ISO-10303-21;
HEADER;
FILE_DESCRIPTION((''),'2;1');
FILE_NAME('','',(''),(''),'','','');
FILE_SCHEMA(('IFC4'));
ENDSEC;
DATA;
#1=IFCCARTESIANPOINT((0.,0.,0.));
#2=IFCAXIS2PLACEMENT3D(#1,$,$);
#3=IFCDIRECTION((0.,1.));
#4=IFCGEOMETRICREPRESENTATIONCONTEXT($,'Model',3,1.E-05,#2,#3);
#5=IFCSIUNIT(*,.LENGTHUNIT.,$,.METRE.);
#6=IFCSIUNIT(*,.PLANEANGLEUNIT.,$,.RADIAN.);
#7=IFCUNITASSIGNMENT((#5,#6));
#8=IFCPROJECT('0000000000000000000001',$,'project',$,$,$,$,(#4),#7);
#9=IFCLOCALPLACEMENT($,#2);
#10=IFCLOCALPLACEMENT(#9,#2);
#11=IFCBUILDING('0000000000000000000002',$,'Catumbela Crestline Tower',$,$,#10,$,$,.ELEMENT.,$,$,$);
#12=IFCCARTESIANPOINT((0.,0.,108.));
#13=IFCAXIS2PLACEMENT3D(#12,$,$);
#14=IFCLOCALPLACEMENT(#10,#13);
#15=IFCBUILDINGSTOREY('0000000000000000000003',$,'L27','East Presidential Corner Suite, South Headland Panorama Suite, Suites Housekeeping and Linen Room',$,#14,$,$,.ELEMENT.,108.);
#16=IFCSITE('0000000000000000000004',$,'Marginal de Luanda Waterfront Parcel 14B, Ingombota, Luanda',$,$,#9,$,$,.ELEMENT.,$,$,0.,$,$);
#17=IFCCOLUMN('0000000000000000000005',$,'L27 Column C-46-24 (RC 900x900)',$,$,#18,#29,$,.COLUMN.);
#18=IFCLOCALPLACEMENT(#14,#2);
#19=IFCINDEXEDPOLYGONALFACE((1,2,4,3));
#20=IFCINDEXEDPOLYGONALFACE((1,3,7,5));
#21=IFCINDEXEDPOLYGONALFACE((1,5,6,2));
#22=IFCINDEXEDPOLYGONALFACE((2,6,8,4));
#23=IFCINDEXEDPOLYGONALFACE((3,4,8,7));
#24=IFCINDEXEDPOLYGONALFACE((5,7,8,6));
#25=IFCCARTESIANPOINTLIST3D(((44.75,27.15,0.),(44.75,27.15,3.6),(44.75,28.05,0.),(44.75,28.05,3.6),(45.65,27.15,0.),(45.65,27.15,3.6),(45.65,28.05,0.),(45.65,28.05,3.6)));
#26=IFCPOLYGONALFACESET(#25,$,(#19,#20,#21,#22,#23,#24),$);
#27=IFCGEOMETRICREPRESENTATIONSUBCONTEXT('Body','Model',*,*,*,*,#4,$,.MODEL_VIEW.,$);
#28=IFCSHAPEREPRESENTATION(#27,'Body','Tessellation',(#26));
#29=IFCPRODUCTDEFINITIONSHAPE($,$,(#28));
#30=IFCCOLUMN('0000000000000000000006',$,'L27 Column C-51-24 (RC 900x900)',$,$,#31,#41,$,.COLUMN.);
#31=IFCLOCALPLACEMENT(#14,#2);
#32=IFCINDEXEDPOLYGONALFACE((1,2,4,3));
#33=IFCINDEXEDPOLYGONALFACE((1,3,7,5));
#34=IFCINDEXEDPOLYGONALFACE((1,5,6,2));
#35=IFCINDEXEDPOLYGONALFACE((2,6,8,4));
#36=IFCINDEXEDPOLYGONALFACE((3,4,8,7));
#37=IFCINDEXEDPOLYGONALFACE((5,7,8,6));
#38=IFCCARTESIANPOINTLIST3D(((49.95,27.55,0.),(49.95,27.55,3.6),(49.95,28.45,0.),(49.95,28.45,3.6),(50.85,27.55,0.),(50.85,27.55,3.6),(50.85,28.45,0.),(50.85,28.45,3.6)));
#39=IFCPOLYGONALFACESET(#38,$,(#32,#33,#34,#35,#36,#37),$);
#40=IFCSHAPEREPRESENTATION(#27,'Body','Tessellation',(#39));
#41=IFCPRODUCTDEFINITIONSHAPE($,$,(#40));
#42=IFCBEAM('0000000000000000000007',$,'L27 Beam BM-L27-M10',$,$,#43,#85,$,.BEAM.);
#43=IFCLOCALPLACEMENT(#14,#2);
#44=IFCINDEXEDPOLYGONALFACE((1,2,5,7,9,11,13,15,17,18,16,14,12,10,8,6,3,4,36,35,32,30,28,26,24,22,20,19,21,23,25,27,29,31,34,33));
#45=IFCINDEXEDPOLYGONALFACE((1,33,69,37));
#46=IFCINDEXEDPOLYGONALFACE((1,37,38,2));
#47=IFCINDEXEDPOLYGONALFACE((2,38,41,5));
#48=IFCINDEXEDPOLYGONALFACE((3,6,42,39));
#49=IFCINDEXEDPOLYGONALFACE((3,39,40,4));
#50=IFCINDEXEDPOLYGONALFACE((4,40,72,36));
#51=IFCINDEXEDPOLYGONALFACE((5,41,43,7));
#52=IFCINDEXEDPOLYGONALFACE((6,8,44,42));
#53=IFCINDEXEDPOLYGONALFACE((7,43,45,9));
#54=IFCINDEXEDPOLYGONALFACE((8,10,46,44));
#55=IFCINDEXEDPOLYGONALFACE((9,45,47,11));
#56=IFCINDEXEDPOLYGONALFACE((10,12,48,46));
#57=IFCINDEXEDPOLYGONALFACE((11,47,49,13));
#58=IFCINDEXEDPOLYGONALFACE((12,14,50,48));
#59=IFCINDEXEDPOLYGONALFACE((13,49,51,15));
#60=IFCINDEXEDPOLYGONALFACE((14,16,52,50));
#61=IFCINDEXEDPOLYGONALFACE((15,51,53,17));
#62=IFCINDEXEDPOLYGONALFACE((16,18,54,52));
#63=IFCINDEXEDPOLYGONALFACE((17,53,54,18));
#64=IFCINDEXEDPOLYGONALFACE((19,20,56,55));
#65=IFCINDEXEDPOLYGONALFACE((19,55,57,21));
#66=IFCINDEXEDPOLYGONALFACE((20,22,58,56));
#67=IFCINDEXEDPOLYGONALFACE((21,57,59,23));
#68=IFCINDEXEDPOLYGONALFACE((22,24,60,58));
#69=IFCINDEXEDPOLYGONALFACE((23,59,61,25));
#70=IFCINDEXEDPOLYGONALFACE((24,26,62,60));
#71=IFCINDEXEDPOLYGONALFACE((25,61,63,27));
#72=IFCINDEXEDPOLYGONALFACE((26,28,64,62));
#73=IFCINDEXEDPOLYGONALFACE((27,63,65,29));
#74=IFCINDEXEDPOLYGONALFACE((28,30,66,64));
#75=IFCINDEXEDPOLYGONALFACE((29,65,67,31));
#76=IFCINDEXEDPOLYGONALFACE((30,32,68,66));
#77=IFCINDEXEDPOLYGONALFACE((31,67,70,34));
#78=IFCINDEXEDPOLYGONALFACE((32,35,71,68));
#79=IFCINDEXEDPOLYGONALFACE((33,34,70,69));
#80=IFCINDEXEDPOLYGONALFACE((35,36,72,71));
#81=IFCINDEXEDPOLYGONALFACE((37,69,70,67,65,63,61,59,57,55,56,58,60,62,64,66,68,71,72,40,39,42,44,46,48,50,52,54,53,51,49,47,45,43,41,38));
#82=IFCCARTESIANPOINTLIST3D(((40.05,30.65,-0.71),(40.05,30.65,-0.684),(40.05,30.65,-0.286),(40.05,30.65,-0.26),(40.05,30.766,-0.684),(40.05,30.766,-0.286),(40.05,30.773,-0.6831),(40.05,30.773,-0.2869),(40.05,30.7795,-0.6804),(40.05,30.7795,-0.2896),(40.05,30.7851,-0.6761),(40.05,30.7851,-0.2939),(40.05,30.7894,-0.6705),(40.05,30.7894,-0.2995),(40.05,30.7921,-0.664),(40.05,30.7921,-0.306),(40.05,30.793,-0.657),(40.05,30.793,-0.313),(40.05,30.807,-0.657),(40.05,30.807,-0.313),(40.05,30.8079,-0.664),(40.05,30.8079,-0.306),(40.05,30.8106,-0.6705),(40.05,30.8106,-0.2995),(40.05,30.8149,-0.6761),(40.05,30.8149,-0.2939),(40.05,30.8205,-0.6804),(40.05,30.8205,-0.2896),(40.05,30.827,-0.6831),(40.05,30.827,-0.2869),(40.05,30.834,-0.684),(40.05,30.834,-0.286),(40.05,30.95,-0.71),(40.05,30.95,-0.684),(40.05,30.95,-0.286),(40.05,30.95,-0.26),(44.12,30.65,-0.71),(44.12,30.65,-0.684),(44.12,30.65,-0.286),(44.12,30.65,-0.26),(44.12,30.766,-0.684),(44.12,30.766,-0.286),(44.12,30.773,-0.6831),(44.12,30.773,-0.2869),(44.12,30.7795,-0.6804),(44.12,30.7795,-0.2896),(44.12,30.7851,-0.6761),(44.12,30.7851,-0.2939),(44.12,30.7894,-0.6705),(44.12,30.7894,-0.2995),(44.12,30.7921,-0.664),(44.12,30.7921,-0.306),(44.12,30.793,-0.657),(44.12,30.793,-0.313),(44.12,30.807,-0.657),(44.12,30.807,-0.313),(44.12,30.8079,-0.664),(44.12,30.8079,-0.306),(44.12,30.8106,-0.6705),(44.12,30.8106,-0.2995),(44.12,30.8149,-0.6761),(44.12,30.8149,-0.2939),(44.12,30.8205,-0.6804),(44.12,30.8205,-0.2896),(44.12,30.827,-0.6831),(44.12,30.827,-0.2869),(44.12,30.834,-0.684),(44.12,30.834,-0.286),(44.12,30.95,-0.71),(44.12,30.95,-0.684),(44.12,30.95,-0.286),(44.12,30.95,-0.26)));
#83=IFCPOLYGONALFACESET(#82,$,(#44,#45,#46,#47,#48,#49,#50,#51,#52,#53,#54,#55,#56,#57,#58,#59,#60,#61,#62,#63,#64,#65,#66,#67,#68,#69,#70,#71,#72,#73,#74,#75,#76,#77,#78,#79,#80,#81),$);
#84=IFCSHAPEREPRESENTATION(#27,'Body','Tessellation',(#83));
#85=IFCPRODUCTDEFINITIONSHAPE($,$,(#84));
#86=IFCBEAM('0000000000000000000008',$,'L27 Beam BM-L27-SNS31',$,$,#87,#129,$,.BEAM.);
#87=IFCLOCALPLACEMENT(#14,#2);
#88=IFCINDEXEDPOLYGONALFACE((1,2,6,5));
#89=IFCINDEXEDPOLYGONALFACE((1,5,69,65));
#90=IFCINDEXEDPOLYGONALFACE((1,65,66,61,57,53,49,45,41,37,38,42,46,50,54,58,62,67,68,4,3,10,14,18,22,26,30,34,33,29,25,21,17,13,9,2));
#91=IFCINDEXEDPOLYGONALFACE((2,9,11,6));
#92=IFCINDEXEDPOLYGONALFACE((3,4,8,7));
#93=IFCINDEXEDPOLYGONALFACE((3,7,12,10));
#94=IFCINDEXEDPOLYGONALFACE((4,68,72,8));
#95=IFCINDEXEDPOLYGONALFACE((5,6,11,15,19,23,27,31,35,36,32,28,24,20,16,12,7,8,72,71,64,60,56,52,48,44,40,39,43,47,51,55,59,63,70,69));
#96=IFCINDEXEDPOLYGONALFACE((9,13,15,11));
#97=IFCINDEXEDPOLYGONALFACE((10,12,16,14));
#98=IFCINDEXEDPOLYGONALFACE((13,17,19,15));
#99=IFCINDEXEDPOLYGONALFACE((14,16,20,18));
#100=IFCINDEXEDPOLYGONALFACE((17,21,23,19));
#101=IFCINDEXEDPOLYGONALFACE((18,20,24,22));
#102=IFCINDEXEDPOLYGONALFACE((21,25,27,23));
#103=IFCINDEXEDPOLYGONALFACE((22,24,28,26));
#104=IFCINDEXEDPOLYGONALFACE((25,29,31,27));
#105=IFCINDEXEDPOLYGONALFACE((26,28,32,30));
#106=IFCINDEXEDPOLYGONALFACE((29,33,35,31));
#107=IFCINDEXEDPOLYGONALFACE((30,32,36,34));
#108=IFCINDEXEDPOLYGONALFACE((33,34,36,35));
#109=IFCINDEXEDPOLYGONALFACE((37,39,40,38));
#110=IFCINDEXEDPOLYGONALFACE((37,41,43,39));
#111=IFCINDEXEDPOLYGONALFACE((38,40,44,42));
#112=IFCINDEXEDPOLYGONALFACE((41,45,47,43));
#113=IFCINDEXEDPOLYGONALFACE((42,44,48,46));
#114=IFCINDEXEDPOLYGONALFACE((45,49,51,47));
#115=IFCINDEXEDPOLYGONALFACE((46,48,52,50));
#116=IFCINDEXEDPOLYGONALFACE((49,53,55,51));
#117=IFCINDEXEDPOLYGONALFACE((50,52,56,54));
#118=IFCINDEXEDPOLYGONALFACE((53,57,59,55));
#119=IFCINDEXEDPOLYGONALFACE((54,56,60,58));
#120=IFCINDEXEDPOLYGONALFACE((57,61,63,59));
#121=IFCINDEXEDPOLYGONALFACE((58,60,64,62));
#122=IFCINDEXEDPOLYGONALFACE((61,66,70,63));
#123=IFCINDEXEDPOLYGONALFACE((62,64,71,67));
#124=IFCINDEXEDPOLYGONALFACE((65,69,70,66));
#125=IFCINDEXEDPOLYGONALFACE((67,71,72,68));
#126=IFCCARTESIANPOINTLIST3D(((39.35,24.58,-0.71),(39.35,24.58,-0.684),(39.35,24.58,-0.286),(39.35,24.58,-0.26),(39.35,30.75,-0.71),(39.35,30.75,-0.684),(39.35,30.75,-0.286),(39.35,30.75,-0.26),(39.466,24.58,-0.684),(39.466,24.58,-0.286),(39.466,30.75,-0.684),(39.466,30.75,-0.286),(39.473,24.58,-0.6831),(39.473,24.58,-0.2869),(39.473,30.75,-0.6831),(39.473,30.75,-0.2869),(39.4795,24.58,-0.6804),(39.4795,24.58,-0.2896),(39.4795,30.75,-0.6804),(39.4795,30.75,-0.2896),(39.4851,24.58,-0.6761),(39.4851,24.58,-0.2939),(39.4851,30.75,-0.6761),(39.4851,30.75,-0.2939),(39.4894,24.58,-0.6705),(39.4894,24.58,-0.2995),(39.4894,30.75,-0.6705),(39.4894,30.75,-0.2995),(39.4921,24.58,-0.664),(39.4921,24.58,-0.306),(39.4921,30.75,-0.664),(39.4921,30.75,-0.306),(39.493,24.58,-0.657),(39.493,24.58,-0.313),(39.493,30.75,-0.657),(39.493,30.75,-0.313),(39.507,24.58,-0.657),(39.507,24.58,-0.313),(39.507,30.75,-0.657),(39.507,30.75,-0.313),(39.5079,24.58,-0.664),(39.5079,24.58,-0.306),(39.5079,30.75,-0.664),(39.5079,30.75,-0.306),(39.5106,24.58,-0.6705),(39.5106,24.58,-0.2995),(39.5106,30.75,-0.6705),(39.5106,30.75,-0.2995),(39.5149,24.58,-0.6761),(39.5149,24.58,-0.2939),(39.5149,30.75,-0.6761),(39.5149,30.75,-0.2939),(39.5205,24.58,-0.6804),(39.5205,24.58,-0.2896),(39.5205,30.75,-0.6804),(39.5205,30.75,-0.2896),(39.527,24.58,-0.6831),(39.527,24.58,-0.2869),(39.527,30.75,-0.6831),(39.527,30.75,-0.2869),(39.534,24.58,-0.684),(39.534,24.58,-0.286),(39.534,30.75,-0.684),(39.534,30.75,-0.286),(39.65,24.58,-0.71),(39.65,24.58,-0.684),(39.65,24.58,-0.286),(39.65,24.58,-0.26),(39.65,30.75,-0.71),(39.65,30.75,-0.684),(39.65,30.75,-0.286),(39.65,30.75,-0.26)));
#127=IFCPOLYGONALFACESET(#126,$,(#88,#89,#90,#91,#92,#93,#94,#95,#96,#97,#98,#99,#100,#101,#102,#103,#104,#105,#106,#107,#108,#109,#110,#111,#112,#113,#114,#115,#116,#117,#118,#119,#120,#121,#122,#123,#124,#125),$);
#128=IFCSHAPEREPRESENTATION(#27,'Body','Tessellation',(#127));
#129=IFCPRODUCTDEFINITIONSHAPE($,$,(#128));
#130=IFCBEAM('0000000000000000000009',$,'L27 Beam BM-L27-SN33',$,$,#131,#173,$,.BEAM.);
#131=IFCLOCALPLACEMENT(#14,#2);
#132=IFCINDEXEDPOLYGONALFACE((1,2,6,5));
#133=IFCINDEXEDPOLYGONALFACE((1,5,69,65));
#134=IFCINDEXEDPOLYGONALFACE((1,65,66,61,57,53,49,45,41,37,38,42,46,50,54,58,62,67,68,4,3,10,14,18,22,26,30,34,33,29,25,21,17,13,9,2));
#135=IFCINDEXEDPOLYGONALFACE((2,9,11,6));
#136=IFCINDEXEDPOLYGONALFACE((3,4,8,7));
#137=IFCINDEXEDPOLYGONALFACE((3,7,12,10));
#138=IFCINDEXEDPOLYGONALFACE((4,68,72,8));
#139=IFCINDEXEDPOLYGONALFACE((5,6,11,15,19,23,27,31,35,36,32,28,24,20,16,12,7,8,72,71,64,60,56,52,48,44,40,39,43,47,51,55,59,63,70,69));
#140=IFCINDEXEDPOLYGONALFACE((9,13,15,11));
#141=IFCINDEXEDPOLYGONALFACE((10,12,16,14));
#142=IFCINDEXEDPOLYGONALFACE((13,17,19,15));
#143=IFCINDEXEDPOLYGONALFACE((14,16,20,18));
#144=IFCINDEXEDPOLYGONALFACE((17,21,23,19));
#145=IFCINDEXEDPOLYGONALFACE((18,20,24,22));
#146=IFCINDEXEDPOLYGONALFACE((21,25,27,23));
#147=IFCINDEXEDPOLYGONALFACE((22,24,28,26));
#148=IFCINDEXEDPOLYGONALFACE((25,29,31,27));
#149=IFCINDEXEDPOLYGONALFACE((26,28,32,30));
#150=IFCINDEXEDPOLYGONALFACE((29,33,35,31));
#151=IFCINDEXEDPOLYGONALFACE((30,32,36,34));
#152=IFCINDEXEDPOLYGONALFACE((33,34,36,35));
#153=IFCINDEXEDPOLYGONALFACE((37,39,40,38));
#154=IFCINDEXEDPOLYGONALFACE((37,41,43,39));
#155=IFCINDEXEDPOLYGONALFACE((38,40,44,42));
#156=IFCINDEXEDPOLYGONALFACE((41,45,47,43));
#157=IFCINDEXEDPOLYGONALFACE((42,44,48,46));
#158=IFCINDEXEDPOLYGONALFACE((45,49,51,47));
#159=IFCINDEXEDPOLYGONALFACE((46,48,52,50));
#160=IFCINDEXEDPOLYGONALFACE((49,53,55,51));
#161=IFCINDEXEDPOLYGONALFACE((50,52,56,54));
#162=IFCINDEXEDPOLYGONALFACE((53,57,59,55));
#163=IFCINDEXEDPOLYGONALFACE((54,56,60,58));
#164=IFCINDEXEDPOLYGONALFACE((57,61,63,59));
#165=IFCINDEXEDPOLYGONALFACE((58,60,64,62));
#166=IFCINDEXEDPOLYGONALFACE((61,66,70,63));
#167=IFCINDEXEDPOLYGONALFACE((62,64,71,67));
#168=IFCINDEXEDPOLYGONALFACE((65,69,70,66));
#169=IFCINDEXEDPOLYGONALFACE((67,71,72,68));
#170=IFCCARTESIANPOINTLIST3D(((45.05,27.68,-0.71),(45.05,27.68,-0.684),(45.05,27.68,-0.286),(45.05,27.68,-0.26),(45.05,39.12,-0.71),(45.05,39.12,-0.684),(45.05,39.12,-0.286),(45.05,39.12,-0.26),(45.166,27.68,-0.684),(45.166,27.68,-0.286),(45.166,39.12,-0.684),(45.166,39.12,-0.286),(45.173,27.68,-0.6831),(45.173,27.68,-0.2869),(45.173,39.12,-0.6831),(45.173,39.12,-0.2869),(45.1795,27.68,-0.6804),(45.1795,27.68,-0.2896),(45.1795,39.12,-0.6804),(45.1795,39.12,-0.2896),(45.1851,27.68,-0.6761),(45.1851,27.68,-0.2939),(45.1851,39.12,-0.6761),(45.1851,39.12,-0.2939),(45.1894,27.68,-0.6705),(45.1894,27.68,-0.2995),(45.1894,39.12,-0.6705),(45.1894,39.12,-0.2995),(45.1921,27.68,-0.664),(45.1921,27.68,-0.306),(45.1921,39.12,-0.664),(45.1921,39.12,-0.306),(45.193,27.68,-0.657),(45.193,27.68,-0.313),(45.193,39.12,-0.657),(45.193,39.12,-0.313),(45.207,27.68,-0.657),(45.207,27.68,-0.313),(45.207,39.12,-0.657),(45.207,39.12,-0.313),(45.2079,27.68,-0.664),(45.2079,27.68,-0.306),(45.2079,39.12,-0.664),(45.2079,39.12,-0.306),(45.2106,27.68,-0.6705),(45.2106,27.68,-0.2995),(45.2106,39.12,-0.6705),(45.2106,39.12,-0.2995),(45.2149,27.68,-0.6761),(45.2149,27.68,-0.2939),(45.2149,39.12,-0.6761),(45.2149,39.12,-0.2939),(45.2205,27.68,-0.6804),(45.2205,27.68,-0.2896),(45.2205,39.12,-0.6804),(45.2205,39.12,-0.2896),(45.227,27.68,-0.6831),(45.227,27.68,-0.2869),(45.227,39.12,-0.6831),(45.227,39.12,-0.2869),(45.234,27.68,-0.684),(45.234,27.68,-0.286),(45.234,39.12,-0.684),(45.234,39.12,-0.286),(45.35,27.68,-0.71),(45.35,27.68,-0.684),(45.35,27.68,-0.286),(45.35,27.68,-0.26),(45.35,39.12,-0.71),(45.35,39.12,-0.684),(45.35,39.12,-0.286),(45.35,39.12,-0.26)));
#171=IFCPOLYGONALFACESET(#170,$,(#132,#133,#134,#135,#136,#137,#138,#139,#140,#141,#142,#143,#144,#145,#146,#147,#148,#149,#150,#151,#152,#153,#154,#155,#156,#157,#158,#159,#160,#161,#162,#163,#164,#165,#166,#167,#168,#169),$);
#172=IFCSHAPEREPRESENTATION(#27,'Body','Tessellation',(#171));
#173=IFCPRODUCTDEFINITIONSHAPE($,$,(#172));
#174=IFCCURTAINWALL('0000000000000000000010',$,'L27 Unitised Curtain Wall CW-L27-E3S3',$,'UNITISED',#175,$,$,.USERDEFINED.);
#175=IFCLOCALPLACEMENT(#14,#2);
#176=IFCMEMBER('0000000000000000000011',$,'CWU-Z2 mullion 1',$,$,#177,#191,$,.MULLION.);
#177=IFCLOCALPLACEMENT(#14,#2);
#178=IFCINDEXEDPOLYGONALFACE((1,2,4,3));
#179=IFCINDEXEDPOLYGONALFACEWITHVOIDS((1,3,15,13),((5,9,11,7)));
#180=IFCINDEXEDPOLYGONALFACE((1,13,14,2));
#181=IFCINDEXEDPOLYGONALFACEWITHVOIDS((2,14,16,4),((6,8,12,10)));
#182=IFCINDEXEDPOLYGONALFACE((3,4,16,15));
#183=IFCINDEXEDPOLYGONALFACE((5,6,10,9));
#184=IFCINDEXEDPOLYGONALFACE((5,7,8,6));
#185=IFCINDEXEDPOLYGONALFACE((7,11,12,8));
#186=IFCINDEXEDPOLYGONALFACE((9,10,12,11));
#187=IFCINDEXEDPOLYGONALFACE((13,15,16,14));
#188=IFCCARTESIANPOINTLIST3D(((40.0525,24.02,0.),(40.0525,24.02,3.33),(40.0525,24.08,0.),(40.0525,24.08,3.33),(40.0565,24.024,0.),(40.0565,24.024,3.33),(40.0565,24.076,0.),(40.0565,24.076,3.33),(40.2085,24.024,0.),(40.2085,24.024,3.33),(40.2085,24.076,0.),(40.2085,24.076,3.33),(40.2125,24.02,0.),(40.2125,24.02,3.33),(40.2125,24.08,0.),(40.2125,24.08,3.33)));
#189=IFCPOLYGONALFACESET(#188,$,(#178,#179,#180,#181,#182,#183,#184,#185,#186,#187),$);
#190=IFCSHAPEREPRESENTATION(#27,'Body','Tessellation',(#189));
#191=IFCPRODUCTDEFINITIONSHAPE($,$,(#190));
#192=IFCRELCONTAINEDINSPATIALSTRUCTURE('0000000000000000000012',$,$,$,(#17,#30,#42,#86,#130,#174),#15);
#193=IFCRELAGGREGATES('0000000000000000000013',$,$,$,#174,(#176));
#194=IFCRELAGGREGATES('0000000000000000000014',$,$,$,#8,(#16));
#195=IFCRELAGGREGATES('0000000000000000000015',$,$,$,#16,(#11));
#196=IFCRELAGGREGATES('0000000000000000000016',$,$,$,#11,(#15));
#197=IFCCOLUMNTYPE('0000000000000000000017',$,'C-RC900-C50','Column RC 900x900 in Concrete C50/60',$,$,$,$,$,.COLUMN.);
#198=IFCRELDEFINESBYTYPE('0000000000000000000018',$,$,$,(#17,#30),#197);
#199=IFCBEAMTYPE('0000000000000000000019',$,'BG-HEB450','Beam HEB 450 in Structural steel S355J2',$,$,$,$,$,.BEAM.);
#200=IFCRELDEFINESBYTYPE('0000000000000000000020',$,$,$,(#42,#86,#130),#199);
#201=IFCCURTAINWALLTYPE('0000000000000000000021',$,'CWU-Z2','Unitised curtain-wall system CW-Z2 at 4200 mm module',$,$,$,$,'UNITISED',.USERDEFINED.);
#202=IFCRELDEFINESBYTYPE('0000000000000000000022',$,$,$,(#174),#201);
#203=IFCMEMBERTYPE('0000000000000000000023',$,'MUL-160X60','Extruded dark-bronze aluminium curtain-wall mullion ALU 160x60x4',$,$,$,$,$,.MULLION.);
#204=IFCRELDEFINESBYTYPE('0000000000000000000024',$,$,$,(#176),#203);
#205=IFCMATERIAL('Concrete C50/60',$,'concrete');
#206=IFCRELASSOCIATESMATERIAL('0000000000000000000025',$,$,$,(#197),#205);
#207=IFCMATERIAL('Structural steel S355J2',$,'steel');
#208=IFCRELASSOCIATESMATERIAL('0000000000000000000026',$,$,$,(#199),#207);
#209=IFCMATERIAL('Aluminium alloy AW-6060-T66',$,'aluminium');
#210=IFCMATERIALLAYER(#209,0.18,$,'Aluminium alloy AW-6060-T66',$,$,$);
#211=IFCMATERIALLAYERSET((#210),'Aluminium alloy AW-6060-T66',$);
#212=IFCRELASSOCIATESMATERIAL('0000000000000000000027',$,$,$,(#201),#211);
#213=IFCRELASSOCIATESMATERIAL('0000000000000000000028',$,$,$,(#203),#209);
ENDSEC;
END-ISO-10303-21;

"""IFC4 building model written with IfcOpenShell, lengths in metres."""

from ifc_helpers import new_model, si_unit, direction, frame, origin, origin_2d, place, context, subcontext, project, spatial, rectangle, hollow_rectangle, i_section, extrude, material, layer, layer_set, material_profile, profile_set, type_object, element, aggregate, save


model = new_model("IFC4")

# Units and contexts
model_context = context("Model", 3, precision=1e-05, world=origin(), true_north=direction((0.0, 1.0)))
body_context = subcontext(model_context, "Body", "Model", "MODEL_VIEW")
ifc_project = project(units=[si_unit("LENGTHUNIT", "METRE"), si_unit("PLANEANGLEUNIT", "RADIAN")], contexts=[model_context])

# Site, building, storey
site_placement = place(None, origin())
site = spatial("IfcSite", under=ifc_project, at=site_placement, Name="Marginal de Luanda Waterfront Parcel 14B, Ingombota, Luanda", CompositionType="ELEMENT", RefElevation=0.0)
building_placement = place(site_placement, origin())
building = spatial("IfcBuilding", under=site, at=building_placement, Name="Catumbela Crestline Tower", CompositionType="ELEMENT")
storey_placement = place(building_placement, frame((0.0, 0.0, 108.0)))
storey = spatial("IfcBuildingStorey", under=building, at=storey_placement, Name="L27", Description="East Presidential Corner Suite, South Headland Panorama Suite, Suites Housekeeping and Linen Room", CompositionType="ELEMENT", Elevation=108.0)

# Columns
ifc_material_1 = material(Name="Concrete C50/60", Category="concrete")
ifc_material_profile_1 = material_profile(ifc_material_1, rectangle(XDim=0.9, YDim=0.9, at=origin_2d()), Name="RC 900x900")
ifc_profile_set_1 = profile_set([ifc_material_profile_1], Name="Concrete C50/60")
column_type = type_object("IfcColumnType", Name="C-RC900-C50", Description="Column RC 900x900 in Concrete C50/60", PredefinedType="COLUMN", material=ifc_profile_set_1)
for number, where, z_axis, x_axis, name in (
    (1, (45.2, 27.6, 0.0), (0.0, 0.0, 1.0), (1.0, 0.0, 0.0), "L27 Column C-46-24 (RC 900x900)"),
    (2, (50.4, 28.0, 0.0), (0.0, 0.0, 1.0), (1.0, 0.0, 0.0), "L27 Column C-51-24 (RC 900x900)"),
):
    element("IfcColumn", number, at=place(storey_placement, frame(where, z_axis=z_axis, x_axis=x_axis)), inside=storey, type_object=column_type, Name=name, PredefinedType="COLUMN", context=body_context, shape_type="SweptSolid", body=[
        extrude(rectangle(XDim=0.9, YDim=0.9, at=origin_2d()), origin(), (0.0, 0.0, 1.0), 3.6),
    ])

# Beams
ifc_material_2 = material(Name="Structural steel S355J2", Category="steel")
ifc_material_profile_2 = material_profile(ifc_material_2, i_section(OverallWidth=0.3, OverallDepth=0.45, WebThickness=0.014, FlangeThickness=0.026, FilletRadius=0.027, at=origin_2d()), Name="HEB 450")
ifc_profile_set_2 = profile_set([ifc_material_profile_2], Name="Structural steel S355J2")
beam_type_1 = type_object("IfcBeamType", Name="BG-HEB450", Description="Beam HEB 450 in Structural steel S355J2", PredefinedType="BEAM", material=ifc_profile_set_2)
beam_1_placement = place(storey_placement, frame((40.05, 30.8, -0.485), z_axis=(1.0, 0.0, 0.0), x_axis=(0.0, 1.0, 0.0)))
element("IfcBeam", 3, at=beam_1_placement, inside=storey, type_object=beam_type_1, Name="L27 Beam BM-L27-M10", PredefinedType="BEAM", context=body_context, shape_type="SweptSolid", body=[
    extrude(i_section(OverallWidth=0.3, OverallDepth=0.45, WebThickness=0.014, FlangeThickness=0.026, FilletRadius=0.027, at=origin_2d()), origin(), (0.0, 0.0, 1.0), 4.07),
])
beam_2_placement = place(storey_placement, frame((39.5, 24.58, -0.485), z_axis=(0.0, 1.0, 0.0), x_axis=(-1.0, 0.0, 0.0)))
element("IfcBeam", 4, at=beam_2_placement, inside=storey, type_object=beam_type_1, Name="L27 Beam BM-L27-SNS31", PredefinedType="BEAM", context=body_context, shape_type="SweptSolid", body=[
    extrude(i_section(OverallWidth=0.3, OverallDepth=0.45, WebThickness=0.014, FlangeThickness=0.026, FilletRadius=0.027, at=origin_2d()), origin(), (0.0, 0.0, 1.0), 6.17),
])
beam_3_placement = place(storey_placement, frame((45.2, 27.68, -0.485), z_axis=(0.0, 1.0, 0.0), x_axis=(-1.0, 0.0, 0.0)))
element("IfcBeam", 5, at=beam_3_placement, inside=storey, type_object=beam_type_1, Name="L27 Beam BM-L27-SN33", PredefinedType="BEAM", context=body_context, shape_type="SweptSolid", body=[
    extrude(i_section(OverallWidth=0.3, OverallDepth=0.45, WebThickness=0.014, FlangeThickness=0.026, FilletRadius=0.027, at=origin_2d()), origin(), (0.0, 0.0, 1.0), 11.44),
])

# Curtain wall, member
ifc_material_3 = material(Name="Aluminium alloy AW-6060-T66", Category="aluminium")
ifc_layer_1 = layer(ifc_material_3, 0.18, Name="Aluminium alloy AW-6060-T66")
ifc_layer_set_1 = layer_set([ifc_layer_1], Name="Aluminium alloy AW-6060-T66")
curtain_wall_type = type_object("IfcCurtainWallType", Name="CWU-Z2", Description="Unitised curtain-wall system CW-Z2 at 4200 mm module", ElementType="UNITISED", PredefinedType="USERDEFINED", material=ifc_layer_set_1)
curtain_wall_1_placement = place(storey_placement, origin())
curtain_wall_1 = element("IfcCurtainWall", 6, at=curtain_wall_1_placement, inside=storey, type_object=curtain_wall_type, Name="L27 Unitised Curtain Wall CW-L27-E3S3", ObjectType="UNITISED", PredefinedType="USERDEFINED")
ifc_material_profile_3 = material_profile(ifc_material_3, hollow_rectangle(XDim=0.06, YDim=0.16, WallThickness=0.004, at=origin_2d()), Name="ALU 160x60x4")
ifc_profile_set_3 = profile_set([ifc_material_profile_3], Name="Aluminium alloy AW-6060-T66")
member_type_1 = type_object("IfcMemberType", Name="MUL-160X60", Description="Extruded dark-bronze aluminium curtain-wall mullion ALU 160x60x4", PredefinedType="MULLION", material=ifc_profile_set_3)
member_1_placement = place(storey_placement, frame((40.1325, 24.05, 0.0), z_axis=(0.0, 0.0, 1.0), x_axis=(0.0, 1.0, 0.0)))
member_1 = element("IfcMember", 7, at=member_1_placement, type_object=member_type_1, Name="CWU-Z2 mullion 1", PredefinedType="MULLION", context=body_context, shape_type="SweptSolid", body=[
    extrude(hollow_rectangle(XDim=0.06, YDim=0.16, WallThickness=0.004, at=origin_2d()), origin(), (0.0, 0.0, 1.0), 3.33),
])

aggregate(curtain_wall_1, [member_1])

save(model, "model.ifc")
